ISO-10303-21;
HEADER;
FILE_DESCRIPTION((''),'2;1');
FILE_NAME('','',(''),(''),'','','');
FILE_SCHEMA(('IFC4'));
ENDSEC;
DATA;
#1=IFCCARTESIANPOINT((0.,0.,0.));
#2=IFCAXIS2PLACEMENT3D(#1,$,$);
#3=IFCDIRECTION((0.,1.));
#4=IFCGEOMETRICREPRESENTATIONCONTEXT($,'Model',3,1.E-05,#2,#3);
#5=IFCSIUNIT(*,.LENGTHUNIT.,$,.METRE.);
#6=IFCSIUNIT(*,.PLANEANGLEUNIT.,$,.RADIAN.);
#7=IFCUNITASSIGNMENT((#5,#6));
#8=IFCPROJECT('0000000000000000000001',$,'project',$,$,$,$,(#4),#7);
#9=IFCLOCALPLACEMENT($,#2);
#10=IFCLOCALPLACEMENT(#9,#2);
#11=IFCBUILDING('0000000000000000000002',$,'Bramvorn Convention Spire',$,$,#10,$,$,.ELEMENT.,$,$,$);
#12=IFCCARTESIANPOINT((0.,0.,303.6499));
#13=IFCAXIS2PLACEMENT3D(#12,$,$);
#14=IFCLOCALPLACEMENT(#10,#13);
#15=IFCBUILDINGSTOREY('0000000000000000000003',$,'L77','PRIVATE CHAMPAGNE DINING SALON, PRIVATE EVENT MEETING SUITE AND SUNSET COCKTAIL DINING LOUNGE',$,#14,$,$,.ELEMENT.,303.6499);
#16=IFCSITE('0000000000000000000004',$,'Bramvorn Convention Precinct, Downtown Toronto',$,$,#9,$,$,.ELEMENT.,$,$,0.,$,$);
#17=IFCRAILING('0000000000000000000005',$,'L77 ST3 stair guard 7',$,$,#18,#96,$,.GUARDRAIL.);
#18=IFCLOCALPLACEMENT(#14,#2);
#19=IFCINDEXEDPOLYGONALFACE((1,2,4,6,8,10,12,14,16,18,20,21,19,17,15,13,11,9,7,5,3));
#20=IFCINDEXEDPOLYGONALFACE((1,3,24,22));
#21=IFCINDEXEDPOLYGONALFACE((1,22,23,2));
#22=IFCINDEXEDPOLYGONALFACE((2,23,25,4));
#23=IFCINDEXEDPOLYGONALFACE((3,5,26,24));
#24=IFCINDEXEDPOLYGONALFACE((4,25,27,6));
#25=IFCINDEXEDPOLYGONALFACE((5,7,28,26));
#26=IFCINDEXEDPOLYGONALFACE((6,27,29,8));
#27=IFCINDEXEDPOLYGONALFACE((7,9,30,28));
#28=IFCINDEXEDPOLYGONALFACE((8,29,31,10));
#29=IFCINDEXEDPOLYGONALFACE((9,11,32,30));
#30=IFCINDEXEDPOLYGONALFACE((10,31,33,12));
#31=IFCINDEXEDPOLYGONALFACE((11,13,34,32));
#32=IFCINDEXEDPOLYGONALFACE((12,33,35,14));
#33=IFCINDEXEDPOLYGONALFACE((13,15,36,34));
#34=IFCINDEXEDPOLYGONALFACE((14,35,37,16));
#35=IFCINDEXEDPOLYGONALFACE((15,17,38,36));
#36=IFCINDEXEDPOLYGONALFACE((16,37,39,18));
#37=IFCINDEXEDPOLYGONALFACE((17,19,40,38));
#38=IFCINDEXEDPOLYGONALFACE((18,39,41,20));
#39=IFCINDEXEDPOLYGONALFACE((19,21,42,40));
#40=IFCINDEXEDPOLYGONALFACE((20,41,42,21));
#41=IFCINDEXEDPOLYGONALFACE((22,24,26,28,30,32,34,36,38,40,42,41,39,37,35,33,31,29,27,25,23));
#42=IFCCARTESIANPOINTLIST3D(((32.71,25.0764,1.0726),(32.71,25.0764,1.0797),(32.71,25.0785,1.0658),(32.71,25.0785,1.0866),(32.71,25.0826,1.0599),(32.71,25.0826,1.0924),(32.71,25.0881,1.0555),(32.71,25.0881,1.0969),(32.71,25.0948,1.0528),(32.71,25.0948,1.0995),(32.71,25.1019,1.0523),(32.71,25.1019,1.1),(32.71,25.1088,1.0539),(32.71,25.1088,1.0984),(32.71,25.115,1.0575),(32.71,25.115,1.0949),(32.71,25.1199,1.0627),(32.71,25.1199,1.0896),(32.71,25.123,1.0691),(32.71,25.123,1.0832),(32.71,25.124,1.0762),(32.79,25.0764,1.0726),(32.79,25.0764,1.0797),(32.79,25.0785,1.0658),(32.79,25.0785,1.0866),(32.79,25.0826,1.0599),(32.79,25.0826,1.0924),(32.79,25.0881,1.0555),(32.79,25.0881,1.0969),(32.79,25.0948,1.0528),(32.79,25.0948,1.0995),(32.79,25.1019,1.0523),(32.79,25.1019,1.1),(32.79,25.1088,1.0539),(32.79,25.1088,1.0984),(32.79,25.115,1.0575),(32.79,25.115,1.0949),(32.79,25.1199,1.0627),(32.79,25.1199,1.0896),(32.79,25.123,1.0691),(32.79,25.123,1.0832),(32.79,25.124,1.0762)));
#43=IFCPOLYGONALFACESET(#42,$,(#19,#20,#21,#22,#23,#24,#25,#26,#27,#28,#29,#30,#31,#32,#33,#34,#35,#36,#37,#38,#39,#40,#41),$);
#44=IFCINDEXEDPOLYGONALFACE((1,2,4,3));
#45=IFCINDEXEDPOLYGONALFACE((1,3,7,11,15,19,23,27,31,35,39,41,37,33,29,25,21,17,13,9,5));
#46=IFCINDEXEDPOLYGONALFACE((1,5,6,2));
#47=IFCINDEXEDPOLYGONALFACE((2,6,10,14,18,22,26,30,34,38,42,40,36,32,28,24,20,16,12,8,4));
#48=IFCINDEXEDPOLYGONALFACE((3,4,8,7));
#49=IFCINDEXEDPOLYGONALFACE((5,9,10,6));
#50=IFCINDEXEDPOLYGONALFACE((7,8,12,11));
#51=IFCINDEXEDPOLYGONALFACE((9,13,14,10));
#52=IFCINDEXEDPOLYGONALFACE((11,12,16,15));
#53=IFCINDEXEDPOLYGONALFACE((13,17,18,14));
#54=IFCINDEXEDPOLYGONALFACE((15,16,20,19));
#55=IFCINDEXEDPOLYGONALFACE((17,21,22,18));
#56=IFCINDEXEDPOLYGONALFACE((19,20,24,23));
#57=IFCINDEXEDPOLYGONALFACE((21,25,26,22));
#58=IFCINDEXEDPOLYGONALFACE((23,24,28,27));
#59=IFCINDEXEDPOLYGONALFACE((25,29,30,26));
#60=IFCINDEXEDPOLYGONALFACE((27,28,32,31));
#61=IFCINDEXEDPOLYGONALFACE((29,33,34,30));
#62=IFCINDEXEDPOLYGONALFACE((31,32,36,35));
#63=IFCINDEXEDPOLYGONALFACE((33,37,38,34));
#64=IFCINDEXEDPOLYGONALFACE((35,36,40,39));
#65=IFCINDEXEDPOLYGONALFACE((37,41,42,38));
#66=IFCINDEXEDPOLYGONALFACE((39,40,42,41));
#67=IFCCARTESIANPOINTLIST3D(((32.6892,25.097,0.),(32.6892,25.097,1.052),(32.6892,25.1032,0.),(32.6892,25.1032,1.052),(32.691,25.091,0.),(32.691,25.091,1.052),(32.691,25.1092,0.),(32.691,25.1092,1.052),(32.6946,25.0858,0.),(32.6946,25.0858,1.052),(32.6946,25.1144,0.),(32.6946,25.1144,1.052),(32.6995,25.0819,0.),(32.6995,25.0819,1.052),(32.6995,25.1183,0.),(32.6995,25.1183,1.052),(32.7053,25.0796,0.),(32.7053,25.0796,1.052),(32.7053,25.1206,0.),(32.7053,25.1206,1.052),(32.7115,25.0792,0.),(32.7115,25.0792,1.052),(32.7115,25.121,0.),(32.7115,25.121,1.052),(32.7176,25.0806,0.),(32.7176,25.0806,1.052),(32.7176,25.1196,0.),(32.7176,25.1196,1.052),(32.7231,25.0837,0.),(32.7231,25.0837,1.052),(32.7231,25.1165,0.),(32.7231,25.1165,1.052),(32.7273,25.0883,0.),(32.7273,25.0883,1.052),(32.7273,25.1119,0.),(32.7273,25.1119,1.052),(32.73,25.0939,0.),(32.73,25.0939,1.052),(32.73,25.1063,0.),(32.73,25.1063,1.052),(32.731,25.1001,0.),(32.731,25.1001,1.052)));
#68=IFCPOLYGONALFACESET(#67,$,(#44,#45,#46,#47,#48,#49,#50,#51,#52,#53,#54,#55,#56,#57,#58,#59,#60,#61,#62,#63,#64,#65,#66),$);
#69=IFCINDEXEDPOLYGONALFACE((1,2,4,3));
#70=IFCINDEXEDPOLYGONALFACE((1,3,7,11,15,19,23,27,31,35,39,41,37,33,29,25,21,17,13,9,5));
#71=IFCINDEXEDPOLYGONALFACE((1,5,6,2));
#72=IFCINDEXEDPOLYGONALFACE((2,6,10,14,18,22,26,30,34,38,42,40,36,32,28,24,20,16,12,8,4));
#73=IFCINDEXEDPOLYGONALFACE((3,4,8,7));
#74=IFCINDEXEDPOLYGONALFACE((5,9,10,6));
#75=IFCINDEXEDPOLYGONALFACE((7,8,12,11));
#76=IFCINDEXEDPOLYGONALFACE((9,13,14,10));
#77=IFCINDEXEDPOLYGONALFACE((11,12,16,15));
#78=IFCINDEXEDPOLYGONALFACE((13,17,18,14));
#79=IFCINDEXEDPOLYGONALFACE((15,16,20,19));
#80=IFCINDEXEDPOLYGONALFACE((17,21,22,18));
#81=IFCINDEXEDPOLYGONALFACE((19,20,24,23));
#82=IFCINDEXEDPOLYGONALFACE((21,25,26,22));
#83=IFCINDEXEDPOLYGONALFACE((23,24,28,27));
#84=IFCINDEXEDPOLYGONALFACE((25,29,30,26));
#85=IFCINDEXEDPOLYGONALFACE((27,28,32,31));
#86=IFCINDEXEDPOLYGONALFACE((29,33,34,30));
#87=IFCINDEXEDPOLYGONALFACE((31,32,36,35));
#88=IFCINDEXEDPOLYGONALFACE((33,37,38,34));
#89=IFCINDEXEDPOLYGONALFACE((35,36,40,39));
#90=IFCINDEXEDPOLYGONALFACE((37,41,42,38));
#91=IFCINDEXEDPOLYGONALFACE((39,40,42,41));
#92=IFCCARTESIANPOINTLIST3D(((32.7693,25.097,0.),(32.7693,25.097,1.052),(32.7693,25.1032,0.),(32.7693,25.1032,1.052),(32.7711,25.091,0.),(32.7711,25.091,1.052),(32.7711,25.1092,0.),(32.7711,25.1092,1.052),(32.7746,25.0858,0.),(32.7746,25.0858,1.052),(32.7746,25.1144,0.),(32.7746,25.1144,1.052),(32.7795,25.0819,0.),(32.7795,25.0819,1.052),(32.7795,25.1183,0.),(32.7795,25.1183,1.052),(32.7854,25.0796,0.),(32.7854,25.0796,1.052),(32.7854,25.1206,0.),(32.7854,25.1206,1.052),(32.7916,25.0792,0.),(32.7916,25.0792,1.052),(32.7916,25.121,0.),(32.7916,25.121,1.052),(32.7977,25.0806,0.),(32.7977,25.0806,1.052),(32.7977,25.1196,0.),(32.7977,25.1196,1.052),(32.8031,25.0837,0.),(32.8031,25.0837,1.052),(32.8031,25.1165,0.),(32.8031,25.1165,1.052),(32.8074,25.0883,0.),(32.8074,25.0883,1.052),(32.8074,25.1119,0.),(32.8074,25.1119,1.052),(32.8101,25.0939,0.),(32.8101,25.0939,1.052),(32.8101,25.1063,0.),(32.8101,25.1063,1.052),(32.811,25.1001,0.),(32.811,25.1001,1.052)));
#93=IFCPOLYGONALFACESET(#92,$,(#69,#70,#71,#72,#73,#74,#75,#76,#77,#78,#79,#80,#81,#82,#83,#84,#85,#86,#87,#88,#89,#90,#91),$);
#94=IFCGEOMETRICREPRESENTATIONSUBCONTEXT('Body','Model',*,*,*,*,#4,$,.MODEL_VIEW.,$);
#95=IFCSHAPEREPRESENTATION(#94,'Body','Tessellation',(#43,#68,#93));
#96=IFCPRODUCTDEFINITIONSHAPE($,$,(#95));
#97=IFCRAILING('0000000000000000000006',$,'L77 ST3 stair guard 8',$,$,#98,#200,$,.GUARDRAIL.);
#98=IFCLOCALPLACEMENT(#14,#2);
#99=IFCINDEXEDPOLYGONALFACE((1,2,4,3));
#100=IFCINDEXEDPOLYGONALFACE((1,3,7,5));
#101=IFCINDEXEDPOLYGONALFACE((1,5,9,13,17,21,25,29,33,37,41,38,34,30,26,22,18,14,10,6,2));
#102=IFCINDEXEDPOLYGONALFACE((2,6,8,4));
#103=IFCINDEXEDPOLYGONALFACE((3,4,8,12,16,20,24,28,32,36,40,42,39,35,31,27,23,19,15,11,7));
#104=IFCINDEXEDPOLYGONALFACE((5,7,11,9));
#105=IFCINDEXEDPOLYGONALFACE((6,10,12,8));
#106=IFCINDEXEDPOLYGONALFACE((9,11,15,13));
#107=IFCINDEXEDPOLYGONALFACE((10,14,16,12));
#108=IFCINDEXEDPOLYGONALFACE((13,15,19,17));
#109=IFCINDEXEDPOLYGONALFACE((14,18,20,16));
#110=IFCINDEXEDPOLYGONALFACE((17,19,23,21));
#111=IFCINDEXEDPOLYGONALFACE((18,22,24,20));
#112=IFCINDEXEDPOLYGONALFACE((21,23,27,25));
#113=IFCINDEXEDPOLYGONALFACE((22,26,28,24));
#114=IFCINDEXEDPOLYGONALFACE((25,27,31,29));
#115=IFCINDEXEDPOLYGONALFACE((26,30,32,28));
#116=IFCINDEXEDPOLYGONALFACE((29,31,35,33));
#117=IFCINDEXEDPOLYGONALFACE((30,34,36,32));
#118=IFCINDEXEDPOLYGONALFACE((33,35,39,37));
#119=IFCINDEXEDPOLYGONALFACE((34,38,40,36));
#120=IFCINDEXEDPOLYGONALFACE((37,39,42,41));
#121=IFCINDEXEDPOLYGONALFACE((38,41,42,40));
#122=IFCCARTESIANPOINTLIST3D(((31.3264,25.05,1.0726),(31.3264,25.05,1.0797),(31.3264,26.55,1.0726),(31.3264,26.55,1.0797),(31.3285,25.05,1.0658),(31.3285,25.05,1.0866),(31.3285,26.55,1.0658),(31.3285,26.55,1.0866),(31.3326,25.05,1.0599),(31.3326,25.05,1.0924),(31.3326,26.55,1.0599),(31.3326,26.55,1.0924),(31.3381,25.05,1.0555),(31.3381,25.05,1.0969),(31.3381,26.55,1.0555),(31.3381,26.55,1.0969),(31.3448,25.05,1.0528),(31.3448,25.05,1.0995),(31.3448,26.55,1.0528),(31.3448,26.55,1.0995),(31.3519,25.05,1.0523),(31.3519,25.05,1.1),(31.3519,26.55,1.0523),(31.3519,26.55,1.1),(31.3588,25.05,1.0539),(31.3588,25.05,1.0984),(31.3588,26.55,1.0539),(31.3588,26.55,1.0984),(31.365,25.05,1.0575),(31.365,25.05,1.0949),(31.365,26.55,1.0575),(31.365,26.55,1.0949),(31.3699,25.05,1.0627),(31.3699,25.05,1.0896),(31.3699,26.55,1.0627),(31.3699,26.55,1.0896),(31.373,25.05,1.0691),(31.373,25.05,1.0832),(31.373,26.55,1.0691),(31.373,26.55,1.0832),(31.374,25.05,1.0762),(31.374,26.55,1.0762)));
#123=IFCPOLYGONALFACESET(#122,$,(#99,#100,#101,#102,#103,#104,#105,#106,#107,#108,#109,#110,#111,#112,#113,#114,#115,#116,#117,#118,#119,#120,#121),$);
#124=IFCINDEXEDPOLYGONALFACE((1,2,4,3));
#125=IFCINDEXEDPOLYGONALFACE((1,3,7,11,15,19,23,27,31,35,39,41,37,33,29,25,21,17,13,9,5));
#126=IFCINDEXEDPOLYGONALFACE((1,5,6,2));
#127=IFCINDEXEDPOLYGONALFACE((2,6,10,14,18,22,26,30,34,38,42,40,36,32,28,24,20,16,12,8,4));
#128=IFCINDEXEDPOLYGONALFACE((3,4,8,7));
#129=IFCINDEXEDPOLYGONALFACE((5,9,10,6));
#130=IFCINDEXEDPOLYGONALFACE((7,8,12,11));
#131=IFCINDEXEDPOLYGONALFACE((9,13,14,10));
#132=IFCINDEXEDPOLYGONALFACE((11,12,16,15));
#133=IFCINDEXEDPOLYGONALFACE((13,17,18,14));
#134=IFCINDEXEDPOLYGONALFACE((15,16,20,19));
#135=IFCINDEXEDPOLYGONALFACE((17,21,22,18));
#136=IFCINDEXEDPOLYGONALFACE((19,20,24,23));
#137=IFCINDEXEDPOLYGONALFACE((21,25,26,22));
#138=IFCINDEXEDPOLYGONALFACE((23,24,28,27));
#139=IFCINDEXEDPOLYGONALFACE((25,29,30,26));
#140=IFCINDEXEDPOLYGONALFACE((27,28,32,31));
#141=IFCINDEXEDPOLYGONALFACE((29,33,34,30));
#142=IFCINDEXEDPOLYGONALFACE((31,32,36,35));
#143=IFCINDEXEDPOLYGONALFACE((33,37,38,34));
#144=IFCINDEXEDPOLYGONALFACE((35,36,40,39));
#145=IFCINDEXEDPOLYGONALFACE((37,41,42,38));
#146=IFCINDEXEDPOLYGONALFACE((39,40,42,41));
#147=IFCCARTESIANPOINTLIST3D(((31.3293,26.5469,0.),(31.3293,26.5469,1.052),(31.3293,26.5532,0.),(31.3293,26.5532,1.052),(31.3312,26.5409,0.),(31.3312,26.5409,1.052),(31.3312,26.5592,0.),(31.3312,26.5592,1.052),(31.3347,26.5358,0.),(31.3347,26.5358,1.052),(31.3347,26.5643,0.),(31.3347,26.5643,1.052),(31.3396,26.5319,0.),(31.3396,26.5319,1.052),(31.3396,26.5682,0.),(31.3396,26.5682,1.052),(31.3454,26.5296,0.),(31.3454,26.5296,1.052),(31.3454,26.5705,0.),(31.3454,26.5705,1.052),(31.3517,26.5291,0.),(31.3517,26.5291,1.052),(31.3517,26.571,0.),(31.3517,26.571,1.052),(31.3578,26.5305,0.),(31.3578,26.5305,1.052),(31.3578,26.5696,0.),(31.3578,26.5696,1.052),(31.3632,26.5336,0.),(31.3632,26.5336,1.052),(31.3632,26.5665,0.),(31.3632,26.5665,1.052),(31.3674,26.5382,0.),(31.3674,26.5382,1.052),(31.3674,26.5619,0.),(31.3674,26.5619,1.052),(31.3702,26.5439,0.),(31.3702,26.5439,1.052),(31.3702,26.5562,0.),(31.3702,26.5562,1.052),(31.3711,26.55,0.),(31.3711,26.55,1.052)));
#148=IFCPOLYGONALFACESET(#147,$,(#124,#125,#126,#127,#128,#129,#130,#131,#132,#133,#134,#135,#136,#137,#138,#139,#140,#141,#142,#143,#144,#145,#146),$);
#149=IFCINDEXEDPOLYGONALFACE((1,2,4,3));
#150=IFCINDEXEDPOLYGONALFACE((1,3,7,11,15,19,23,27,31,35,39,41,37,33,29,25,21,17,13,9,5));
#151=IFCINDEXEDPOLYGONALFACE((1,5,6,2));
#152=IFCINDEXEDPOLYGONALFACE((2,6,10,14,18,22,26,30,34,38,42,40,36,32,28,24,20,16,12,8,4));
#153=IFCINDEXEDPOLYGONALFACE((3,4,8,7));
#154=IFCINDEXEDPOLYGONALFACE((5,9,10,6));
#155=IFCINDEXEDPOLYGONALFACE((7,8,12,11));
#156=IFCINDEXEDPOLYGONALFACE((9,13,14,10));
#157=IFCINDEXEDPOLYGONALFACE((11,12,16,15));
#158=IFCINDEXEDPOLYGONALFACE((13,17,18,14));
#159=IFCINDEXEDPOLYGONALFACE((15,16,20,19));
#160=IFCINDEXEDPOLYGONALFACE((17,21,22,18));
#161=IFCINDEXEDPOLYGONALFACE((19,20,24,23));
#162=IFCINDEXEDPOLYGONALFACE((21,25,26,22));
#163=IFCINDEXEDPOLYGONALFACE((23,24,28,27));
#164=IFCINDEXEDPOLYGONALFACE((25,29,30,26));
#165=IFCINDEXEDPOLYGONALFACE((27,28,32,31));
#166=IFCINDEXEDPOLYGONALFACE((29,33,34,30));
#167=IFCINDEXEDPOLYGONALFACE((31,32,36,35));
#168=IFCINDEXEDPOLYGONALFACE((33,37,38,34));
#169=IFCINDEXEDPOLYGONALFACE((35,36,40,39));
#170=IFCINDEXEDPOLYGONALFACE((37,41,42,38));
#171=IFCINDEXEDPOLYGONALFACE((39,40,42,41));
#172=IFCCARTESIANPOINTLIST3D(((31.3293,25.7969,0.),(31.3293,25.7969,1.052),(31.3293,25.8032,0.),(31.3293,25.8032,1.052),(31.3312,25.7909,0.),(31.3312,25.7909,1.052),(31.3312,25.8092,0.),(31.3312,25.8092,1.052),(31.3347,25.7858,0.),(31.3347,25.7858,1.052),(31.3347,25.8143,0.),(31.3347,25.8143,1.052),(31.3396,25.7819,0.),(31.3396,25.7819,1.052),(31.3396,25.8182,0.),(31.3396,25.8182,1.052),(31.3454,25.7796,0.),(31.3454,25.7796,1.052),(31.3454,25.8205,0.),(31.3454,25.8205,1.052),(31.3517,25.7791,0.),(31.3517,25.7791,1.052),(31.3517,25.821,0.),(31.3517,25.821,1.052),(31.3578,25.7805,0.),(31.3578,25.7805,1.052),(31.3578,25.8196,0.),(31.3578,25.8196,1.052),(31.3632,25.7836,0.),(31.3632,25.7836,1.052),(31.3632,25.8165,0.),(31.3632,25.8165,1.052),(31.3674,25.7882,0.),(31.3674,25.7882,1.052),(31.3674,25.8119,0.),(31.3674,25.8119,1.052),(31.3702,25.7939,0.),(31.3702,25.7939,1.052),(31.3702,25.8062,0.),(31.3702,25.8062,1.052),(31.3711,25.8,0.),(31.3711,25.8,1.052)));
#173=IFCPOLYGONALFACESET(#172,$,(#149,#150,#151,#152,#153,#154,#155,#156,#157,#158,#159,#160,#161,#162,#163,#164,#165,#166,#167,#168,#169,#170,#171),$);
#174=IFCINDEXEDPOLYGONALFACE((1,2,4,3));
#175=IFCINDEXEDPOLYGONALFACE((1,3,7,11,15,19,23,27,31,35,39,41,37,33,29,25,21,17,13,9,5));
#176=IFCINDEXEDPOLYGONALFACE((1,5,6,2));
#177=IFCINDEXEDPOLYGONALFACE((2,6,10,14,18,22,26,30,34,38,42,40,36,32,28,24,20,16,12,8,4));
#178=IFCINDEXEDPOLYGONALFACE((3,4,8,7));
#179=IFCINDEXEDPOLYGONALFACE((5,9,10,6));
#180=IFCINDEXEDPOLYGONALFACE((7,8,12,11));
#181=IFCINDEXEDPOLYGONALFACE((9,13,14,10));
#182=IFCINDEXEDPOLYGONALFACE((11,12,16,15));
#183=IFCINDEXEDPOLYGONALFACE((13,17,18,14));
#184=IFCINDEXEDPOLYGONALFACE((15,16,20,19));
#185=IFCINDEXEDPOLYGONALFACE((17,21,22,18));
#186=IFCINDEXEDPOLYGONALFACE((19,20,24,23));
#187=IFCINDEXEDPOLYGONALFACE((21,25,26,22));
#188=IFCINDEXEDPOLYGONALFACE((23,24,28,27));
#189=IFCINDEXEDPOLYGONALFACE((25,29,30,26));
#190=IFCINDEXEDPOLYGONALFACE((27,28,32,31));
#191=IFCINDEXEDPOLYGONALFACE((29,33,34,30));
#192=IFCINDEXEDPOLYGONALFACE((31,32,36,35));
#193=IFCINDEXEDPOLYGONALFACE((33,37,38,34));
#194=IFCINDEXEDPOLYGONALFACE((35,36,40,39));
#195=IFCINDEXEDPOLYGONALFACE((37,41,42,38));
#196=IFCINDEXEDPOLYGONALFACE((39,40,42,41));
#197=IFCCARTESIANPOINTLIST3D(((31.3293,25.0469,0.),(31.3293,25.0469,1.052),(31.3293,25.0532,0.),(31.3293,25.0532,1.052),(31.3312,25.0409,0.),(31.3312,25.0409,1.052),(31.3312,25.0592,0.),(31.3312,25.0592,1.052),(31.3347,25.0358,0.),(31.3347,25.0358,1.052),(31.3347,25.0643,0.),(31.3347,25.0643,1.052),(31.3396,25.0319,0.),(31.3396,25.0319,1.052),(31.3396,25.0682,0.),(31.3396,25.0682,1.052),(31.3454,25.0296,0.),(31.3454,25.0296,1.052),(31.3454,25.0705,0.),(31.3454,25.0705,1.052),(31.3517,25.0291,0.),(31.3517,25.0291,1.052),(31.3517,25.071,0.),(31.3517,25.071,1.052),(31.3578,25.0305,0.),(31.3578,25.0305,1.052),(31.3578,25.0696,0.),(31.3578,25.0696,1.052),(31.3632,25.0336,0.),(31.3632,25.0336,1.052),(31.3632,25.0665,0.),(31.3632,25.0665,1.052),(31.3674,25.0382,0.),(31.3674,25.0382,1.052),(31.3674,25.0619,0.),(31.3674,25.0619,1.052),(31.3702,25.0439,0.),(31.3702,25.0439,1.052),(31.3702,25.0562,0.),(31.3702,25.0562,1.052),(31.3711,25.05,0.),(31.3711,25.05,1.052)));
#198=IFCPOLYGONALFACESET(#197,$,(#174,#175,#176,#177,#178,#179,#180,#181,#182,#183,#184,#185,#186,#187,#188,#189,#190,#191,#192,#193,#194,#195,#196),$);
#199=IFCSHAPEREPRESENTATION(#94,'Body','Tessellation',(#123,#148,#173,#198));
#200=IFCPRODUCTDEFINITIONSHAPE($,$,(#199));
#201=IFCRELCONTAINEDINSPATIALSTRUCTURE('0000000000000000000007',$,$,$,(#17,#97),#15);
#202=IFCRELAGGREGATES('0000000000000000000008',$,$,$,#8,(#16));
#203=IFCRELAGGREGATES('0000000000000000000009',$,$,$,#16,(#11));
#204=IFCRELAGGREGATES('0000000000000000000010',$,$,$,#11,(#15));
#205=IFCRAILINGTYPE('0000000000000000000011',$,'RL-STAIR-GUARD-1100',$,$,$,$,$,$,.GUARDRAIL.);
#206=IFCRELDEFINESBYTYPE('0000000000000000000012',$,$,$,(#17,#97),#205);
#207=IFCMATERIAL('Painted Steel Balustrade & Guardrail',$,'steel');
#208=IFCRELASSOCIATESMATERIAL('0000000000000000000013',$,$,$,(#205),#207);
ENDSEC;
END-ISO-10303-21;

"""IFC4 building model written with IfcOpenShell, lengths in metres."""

from ifc_helpers import new_model, si_unit, direction, frame, origin, origin_2d, place, context, subcontext, project, spatial, circle, extrude, material, type_object, element, save


model = new_model("IFC4")

# Units and contexts
model_context = context("Model", 3, precision=1e-05, world=origin(), true_north=direction((0.0, 1.0)))
body_context = subcontext(model_context, "Body", "Model", "MODEL_VIEW")
ifc_project = project(units=[si_unit("LENGTHUNIT", "METRE"), si_unit("PLANEANGLEUNIT", "RADIAN")], contexts=[model_context])

# Site, building, storey
site_placement = place(None, origin())
site = spatial("IfcSite", under=ifc_project, at=site_placement, Name="Bramvorn Convention Precinct, Downtown Toronto", CompositionType="ELEMENT", RefElevation=0.0)
building_placement = place(site_placement, origin())
building = spatial("IfcBuilding", under=site, at=building_placement, Name="Bramvorn Convention Spire", CompositionType="ELEMENT")
storey_placement = place(building_placement, frame((0.0, 0.0, 303.6499)))
storey = spatial("IfcBuildingStorey", under=building, at=storey_placement, Name="L77", Description="PRIVATE CHAMPAGNE DINING SALON, PRIVATE EVENT MEETING SUITE AND SUNSET COCKTAIL DINING LOUNGE", CompositionType="ELEMENT", Elevation=303.6499)

# Railings
ifc_material_1 = material(Name="Painted Steel Balustrade & Guardrail", Category="steel")
railing_type = type_object("IfcRailingType", Name="RL-STAIR-GUARD-1100", PredefinedType="GUARDRAIL", material=ifc_material_1)
railing_1_placement = place(storey_placement, frame((32.71, 25.1001, 0.0)))
element("IfcRailing", 1, at=railing_1_placement, inside=storey, type_object=railing_type, Name="L77 ST3 stair guard 7", PredefinedType="GUARDRAIL", context=body_context, shape_type="SweptSolid", body=[
    extrude(circle(Radius=0.0239, at=origin_2d()), frame((0.0, 0.0, 1.0762), z_axis=(1.0, 0.0, 0.0), x_axis=(0.0, 1.0, 0.0)), (0.0, 0.0, 1.0), 0.0801),
    extrude(circle(Radius=0.021, at=origin_2d()), origin(), (0.0, 0.0, 1.0), 1.052),
    extrude(circle(Radius=0.021, at=origin_2d()), frame((0.0801, 0.0, 0.0)), (0.0, 0.0, 1.0), 1.052),
])
for number, where, name in (
    (2, (31.3501, 26.55, 0.0), "L77 ST3 stair guard 8"),
):
    element("IfcRailing", number, at=place(storey_placement, frame(where)), inside=storey, type_object=railing_type, Name=name, PredefinedType="GUARDRAIL", context=body_context, shape_type="SweptSolid", body=[
        extrude(circle(Radius=0.0239, at=origin_2d()), frame((0.0, 0.0, 1.0762), z_axis=(0.0, -1.0, 0.0), x_axis=(1.0, 0.0, 0.0)), (0.0, 0.0, 1.0), 1.5),
        extrude(circle(Radius=0.021, at=origin_2d()), origin(), (0.0, 0.0, 1.0), 1.052),
        extrude(circle(Radius=0.021, at=origin_2d()), frame((0.0, -0.75, 0.0)), (0.0, 0.0, 1.0), 1.052),
        extrude(circle(Radius=0.021, at=origin_2d()), frame((0.0, -1.5, 0.0)), (0.0, 0.0, 1.0), 1.052),
    ])

save(model, "model.ifc")
